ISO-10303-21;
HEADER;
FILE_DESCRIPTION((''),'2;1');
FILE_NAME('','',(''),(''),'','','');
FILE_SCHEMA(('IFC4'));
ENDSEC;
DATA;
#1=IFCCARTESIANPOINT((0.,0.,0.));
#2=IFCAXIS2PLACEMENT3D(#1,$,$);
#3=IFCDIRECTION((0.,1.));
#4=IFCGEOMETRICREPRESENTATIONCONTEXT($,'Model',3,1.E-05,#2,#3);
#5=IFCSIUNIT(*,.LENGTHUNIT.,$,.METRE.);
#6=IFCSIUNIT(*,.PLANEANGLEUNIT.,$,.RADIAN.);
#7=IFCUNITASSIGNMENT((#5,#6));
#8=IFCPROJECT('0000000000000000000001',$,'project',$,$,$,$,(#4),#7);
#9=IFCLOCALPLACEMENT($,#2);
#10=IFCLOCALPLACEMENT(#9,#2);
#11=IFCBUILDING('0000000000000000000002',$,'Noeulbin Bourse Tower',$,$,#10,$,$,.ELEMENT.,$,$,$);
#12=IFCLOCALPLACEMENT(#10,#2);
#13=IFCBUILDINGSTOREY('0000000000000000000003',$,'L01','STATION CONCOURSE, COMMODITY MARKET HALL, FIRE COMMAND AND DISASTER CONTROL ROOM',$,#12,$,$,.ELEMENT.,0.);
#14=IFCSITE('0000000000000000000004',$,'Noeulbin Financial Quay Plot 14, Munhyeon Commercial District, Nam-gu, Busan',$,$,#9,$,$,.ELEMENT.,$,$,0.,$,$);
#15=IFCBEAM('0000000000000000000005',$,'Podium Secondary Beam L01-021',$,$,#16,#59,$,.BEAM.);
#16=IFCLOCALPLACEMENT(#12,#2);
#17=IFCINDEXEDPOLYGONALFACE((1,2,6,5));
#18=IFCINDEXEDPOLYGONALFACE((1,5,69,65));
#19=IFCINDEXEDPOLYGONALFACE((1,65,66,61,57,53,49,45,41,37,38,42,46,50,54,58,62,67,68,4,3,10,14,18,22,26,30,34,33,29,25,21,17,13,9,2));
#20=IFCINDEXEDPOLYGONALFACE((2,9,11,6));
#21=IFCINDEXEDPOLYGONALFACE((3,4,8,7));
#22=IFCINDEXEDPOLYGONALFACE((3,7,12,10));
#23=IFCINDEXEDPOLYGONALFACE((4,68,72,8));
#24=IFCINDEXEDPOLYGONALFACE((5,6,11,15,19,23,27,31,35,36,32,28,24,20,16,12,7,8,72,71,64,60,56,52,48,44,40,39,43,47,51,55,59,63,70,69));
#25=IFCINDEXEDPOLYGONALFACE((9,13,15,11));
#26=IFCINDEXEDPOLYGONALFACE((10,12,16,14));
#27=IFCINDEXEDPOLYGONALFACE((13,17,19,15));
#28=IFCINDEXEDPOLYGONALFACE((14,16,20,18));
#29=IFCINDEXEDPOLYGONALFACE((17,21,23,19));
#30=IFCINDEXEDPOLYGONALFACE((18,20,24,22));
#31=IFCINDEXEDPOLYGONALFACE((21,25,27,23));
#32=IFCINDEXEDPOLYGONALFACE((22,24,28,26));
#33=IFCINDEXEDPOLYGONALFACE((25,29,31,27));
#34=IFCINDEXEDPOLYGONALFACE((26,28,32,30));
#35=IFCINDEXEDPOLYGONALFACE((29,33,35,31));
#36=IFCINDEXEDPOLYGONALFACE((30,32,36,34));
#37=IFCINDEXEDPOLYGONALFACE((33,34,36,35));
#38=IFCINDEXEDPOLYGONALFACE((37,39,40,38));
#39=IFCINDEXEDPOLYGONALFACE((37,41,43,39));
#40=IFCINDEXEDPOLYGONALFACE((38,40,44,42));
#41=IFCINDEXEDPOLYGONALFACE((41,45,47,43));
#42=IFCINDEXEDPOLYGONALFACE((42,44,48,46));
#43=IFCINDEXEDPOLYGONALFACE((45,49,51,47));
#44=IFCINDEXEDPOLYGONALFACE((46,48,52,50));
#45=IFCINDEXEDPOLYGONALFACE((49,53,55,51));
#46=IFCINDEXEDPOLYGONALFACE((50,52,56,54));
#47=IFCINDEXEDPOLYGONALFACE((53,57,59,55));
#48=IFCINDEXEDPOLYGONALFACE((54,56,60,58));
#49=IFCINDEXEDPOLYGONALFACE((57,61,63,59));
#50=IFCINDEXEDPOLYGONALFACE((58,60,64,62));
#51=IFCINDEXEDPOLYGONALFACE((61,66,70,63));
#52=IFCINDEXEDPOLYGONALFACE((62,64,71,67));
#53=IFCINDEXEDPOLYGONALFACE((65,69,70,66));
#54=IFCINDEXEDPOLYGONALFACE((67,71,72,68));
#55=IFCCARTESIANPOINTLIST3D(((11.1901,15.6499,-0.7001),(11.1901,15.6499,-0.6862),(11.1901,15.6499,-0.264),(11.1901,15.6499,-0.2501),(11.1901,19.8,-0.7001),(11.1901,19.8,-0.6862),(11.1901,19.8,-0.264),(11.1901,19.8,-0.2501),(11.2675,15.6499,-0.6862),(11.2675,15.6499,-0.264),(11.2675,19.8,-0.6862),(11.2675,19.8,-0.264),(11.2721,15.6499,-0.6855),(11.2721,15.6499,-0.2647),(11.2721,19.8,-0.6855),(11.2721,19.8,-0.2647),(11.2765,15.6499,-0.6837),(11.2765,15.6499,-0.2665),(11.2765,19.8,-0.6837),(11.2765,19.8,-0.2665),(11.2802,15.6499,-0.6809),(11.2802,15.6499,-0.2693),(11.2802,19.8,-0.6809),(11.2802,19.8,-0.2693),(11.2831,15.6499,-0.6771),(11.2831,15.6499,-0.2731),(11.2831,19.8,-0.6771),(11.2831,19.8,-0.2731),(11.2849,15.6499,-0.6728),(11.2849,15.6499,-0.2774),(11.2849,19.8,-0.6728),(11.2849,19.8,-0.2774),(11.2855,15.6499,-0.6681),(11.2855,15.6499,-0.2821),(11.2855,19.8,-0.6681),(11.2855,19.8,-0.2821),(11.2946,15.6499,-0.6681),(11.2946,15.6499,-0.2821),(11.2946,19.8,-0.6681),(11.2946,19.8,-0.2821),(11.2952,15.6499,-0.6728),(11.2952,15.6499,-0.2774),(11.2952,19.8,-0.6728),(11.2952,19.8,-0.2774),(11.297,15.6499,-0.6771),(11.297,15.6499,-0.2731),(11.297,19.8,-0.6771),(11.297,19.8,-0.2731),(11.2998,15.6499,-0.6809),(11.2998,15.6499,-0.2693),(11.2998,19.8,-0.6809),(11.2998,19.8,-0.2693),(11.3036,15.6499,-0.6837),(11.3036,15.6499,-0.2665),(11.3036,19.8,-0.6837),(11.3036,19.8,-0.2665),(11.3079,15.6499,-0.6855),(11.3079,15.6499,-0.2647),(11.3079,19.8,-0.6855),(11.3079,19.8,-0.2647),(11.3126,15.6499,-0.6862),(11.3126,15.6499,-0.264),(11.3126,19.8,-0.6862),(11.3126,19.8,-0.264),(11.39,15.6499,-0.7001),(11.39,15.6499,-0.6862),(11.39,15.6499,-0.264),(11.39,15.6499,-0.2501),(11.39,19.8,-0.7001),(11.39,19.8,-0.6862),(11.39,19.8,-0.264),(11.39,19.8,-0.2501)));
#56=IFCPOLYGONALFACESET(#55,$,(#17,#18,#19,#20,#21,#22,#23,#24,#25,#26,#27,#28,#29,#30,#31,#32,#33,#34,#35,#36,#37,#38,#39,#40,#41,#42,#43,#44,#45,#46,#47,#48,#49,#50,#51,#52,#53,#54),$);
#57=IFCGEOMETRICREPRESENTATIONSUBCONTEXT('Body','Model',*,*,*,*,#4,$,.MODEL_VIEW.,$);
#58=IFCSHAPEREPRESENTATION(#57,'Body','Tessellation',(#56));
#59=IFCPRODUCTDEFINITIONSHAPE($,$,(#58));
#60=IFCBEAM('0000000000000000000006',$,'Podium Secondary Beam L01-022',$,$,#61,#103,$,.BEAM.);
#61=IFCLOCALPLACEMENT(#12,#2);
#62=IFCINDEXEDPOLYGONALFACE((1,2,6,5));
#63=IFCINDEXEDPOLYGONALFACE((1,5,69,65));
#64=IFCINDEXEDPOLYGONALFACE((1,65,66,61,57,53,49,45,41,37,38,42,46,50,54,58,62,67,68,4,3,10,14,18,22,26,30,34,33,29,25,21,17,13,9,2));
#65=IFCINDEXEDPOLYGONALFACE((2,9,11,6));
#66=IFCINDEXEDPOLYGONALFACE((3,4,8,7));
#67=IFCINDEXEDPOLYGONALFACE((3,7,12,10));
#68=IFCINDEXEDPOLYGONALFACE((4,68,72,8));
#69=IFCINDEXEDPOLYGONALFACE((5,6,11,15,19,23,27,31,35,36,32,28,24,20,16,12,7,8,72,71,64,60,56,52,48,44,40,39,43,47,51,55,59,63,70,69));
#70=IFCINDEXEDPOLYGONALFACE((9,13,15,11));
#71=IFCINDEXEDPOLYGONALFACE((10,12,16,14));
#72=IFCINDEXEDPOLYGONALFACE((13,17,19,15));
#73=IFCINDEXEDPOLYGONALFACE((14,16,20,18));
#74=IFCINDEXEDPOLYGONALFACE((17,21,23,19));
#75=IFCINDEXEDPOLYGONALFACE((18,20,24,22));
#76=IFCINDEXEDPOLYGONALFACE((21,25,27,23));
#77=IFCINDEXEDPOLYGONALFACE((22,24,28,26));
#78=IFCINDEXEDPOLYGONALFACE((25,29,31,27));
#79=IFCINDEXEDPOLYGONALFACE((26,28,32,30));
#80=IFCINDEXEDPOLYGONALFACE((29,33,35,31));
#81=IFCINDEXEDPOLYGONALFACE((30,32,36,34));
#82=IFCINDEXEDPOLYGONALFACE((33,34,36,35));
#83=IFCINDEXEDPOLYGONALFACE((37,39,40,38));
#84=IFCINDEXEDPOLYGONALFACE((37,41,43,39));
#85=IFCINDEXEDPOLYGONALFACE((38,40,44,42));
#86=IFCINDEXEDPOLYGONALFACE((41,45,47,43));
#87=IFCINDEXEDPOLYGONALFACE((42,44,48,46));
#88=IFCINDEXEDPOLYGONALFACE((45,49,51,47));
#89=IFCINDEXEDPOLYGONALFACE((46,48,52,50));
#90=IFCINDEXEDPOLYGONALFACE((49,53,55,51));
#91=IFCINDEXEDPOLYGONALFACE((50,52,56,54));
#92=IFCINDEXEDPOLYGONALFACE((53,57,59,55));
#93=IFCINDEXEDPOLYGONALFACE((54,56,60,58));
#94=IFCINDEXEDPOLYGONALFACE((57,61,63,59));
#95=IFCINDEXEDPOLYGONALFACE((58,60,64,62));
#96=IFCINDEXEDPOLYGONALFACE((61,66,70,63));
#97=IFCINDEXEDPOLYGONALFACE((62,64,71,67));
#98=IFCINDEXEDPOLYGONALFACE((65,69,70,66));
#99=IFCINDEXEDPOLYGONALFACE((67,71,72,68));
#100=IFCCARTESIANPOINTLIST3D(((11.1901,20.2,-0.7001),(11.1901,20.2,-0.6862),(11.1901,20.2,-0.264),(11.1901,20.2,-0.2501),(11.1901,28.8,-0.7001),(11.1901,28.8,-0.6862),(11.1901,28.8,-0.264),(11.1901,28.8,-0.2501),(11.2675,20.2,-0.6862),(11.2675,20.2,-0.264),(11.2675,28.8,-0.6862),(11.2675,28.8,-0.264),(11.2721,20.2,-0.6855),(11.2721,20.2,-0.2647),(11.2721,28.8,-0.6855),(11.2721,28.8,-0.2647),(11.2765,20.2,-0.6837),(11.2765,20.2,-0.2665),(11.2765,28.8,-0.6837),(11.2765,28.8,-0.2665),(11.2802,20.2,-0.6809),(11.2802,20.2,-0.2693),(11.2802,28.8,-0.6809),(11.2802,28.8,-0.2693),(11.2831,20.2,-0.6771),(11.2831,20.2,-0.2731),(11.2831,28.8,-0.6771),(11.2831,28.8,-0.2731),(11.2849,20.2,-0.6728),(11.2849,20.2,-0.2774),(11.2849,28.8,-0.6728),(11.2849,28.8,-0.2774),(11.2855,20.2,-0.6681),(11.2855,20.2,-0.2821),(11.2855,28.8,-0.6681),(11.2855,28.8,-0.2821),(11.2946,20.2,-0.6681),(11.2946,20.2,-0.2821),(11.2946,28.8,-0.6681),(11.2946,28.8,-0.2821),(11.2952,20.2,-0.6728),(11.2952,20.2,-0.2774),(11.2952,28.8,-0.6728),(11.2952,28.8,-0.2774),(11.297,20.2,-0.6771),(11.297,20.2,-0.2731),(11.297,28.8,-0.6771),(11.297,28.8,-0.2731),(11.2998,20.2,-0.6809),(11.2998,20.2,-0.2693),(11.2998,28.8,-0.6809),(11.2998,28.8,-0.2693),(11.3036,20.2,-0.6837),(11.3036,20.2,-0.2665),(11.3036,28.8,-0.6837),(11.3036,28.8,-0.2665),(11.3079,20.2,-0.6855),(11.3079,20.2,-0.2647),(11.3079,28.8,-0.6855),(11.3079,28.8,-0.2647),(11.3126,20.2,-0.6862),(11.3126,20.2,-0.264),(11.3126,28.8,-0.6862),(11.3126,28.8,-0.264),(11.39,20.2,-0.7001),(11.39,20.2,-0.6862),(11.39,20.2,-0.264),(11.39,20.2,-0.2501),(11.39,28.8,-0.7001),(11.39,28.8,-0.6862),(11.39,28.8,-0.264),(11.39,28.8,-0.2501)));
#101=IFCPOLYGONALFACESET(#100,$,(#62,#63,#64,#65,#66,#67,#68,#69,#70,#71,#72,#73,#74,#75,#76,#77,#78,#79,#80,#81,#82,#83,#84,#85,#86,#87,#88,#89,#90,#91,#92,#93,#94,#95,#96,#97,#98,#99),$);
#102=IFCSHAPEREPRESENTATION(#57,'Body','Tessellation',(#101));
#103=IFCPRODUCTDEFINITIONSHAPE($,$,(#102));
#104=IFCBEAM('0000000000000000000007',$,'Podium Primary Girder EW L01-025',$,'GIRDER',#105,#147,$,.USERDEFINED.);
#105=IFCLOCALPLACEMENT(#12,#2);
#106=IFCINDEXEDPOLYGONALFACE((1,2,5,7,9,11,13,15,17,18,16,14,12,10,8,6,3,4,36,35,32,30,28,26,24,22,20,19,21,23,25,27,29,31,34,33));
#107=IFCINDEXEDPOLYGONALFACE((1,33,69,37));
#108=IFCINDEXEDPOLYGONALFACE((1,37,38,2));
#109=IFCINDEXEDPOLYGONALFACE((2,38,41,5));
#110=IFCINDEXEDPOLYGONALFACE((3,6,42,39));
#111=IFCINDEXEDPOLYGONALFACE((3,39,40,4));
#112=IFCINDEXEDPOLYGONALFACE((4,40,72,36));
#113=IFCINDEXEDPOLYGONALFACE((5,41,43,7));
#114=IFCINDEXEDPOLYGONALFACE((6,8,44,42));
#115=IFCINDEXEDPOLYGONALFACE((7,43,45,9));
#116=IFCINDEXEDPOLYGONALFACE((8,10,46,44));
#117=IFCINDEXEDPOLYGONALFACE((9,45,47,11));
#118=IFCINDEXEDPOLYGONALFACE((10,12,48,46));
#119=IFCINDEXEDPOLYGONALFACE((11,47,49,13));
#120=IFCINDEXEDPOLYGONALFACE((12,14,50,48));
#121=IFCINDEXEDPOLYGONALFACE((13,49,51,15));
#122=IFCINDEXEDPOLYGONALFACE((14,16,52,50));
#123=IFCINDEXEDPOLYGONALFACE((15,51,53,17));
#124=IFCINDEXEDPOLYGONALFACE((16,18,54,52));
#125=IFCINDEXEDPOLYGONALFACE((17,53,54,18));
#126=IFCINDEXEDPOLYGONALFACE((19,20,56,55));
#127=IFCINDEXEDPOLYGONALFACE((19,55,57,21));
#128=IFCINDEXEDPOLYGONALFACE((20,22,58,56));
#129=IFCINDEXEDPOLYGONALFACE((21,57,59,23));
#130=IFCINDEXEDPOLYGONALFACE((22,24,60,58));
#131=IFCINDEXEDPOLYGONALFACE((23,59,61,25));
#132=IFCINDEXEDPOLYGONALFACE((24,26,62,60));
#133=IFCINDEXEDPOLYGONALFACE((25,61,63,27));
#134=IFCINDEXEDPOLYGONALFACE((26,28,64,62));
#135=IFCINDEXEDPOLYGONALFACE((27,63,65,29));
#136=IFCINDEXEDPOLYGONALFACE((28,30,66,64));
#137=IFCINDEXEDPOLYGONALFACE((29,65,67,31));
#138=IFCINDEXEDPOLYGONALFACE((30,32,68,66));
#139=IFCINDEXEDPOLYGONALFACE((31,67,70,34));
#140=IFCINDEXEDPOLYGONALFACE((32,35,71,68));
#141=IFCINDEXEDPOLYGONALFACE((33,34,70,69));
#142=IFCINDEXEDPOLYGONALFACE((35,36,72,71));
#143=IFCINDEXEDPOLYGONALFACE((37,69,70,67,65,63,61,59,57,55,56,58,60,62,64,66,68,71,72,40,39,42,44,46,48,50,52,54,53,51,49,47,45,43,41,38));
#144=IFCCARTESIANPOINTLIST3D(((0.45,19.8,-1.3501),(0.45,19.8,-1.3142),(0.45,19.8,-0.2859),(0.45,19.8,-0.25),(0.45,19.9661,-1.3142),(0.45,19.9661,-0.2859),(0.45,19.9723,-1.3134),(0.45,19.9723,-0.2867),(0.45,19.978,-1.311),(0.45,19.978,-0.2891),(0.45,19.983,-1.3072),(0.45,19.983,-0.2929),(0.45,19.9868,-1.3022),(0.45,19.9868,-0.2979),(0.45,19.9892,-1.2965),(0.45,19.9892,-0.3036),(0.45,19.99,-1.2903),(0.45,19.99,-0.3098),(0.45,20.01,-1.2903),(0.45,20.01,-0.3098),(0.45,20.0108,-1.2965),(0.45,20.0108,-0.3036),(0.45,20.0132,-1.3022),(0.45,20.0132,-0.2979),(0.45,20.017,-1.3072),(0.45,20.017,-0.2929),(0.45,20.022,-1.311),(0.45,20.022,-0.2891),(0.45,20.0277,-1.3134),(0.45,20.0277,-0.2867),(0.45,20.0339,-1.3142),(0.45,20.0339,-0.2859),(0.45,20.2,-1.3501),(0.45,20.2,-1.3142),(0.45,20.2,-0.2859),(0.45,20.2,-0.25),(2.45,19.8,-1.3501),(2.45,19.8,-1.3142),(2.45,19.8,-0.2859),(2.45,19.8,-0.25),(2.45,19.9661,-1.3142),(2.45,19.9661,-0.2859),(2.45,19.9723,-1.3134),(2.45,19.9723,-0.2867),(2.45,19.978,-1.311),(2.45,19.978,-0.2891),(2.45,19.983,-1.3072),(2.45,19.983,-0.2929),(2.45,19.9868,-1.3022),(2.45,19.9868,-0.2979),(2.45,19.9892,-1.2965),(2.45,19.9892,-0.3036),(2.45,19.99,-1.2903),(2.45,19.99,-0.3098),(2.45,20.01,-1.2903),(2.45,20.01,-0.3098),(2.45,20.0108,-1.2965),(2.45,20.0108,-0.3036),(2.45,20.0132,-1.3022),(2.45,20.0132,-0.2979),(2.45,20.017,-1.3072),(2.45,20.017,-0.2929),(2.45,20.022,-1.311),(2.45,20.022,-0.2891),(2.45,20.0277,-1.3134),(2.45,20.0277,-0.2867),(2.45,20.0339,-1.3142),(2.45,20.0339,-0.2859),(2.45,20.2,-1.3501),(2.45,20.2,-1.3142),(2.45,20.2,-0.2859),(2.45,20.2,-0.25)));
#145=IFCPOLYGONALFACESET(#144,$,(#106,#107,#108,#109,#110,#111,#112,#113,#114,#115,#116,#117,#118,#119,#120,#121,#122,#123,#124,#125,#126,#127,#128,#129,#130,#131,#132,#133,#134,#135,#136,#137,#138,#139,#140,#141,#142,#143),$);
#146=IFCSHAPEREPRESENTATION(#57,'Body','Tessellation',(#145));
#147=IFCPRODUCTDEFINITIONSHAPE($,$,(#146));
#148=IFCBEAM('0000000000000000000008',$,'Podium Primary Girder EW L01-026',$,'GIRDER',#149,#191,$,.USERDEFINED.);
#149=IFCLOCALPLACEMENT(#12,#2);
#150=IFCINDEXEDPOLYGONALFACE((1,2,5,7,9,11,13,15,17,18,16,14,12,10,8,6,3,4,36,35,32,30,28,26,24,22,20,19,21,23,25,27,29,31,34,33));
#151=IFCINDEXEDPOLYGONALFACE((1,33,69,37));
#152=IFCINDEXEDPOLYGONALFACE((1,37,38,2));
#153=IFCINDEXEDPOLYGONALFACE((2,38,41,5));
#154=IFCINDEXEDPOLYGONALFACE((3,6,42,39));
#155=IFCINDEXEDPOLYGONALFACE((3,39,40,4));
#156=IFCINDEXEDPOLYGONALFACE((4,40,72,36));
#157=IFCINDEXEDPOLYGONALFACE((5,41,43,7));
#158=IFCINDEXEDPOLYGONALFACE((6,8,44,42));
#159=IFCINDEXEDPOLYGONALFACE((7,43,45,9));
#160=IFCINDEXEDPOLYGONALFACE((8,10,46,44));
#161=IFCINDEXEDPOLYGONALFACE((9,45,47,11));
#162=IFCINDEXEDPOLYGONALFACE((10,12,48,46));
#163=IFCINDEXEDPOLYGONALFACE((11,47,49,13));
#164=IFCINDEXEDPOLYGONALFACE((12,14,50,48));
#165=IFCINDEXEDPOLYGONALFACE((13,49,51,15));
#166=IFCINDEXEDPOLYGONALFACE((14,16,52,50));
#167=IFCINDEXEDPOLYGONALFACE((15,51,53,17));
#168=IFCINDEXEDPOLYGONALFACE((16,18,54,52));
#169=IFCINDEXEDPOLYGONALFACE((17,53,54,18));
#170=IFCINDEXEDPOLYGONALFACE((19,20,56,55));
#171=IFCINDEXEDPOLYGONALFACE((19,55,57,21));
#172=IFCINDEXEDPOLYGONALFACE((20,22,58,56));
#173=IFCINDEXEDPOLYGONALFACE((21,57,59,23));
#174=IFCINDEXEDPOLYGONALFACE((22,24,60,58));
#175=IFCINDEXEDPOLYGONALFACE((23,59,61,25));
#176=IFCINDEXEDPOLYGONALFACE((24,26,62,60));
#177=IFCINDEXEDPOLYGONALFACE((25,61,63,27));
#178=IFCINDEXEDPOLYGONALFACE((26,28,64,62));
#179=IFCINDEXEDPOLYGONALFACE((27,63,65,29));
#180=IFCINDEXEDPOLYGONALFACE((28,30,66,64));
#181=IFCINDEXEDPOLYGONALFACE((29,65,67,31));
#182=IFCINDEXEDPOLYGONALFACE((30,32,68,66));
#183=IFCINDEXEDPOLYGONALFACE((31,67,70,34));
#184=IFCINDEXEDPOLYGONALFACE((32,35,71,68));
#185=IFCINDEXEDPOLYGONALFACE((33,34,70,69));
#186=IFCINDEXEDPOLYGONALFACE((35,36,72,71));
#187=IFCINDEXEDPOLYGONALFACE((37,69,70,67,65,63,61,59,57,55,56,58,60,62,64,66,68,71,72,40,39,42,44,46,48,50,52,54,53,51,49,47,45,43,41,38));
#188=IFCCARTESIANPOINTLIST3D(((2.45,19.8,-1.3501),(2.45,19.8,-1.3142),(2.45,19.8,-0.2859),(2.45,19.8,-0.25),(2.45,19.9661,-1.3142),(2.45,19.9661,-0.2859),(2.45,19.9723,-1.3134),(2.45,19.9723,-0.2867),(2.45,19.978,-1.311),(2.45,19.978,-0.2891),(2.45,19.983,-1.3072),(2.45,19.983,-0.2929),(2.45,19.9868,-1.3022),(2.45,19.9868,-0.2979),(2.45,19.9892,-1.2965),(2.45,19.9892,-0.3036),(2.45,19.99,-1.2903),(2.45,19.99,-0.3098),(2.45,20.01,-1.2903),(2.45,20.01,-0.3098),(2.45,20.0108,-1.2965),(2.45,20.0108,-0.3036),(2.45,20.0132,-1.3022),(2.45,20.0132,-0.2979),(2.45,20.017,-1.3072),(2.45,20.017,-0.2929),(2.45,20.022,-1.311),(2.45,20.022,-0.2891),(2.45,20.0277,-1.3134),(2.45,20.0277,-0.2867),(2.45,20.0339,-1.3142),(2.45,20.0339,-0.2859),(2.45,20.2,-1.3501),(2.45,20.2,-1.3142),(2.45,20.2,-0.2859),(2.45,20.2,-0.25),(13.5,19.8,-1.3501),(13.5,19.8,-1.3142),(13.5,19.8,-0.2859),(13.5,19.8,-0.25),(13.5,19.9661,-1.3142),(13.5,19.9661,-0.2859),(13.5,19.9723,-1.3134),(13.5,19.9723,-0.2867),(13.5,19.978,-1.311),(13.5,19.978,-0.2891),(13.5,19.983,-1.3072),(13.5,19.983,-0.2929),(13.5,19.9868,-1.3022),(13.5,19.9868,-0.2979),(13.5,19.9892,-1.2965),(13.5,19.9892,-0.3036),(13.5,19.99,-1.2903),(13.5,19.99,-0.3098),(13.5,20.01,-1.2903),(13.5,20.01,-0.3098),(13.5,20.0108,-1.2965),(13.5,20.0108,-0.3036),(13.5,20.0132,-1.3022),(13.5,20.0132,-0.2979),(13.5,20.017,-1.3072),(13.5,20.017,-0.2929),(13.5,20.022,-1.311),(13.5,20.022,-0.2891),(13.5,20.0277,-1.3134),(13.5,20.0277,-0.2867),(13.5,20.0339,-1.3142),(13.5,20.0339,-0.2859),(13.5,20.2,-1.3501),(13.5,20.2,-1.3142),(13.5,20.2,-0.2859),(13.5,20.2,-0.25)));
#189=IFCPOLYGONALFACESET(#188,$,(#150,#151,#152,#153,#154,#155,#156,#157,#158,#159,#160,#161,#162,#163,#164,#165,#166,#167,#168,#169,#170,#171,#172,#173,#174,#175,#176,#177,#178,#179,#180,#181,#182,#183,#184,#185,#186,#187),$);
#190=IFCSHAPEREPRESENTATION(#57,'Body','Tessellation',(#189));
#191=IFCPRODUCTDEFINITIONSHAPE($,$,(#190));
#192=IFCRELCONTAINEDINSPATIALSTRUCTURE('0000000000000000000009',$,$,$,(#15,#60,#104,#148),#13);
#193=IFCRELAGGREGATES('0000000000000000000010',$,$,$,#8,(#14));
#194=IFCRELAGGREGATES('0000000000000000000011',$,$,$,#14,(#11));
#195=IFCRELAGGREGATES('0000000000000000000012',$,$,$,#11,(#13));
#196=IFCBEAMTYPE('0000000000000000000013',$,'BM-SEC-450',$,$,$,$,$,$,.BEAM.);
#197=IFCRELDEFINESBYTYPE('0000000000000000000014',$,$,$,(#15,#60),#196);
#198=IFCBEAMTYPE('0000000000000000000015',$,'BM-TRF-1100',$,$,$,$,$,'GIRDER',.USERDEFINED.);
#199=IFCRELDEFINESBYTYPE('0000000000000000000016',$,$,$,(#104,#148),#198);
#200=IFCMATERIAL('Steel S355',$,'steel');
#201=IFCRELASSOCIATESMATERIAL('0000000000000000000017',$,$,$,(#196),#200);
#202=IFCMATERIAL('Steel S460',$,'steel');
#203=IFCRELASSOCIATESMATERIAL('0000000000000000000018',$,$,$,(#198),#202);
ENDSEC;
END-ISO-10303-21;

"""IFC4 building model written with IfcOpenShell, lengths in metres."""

from ifc_helpers import new_model, si_unit, direction, frame, origin, origin_2d, place, context, subcontext, project, spatial, i_section, extrude, material, material_profile, profile_set, type_object, element, save


model = new_model("IFC4")

# Units and contexts
model_context = context("Model", 3, precision=1e-05, world=origin(), true_north=direction((0.0, 1.0)))
body_context = subcontext(model_context, "Body", "Model", "MODEL_VIEW")
ifc_project = project(units=[si_unit("LENGTHUNIT", "METRE"), si_unit("PLANEANGLEUNIT", "RADIAN")], contexts=[model_context])

# Site, building, storey
site_placement = place(None, origin())
site = spatial("IfcSite", under=ifc_project, at=site_placement, Name="Noeulbin Financial Quay Plot 14, Munhyeon Commercial District, Nam-gu, Busan", CompositionType="ELEMENT", RefElevation=0.0)
building_placement = place(site_placement, origin())
building = spatial("IfcBuilding", under=site, at=building_placement, Name="Noeulbin Bourse Tower", CompositionType="ELEMENT")
storey_placement = place(building_placement, origin())
storey = spatial("IfcBuildingStorey", under=building, at=storey_placement, Name="L01", Description="STATION CONCOURSE, COMMODITY MARKET HALL, FIRE COMMAND AND DISASTER CONTROL ROOM", CompositionType="ELEMENT", Elevation=0.0)

# Beams
ifc_material_1 = material(Name="Steel S355", Category="steel")
ifc_material_profile_1 = material_profile(ifc_material_1, i_section(OverallWidth=0.2, OverallDepth=0.45, WebThickness=0.009, FlangeThickness=0.0139, FilletRadius=0.0181, at=origin_2d()), Name="H-450x200x9x14", Category="LoadBearing")
ifc_profile_set_1 = profile_set([ifc_material_profile_1], Name="Steel S355")
beam_type_1 = type_object("IfcBeamType", Name="BM-SEC-450", PredefinedType="BEAM", material=ifc_profile_set_1)
beam_1_placement = place(storey_placement, frame((11.29, 15.6499, -0.4751), z_axis=(0.0, 1.0, 0.0), x_axis=(-1.0, 0.0, 0.0)))
element("IfcBeam", 1, at=beam_1_placement, inside=storey, type_object=beam_type_1, Name="Podium Secondary Beam L01-021", PredefinedType="BEAM", context=body_context, shape_type="SweptSolid", body=[
    extrude(i_section(OverallWidth=0.2, OverallDepth=0.45, WebThickness=0.009, FlangeThickness=0.0139, FilletRadius=0.0181, at=origin_2d()), origin(), (0.0, 0.0, 1.0), 4.1501),
])
beam_2_placement = place(storey_placement, frame((11.29, 20.2, -0.4751), z_axis=(0.0, 1.0, 0.0), x_axis=(-1.0, 0.0, 0.0)))
element("IfcBeam", 2, at=beam_2_placement, inside=storey, type_object=beam_type_1, Name="Podium Secondary Beam L01-022", PredefinedType="BEAM", context=body_context, shape_type="SweptSolid", body=[
    extrude(i_section(OverallWidth=0.2, OverallDepth=0.45, WebThickness=0.009, FlangeThickness=0.0139, FilletRadius=0.0181, at=origin_2d()), origin(), (0.0, 0.0, 1.0), 8.6001),
])
ifc_material_2 = material(Name="Steel S460", Category="steel")
ifc_material_profile_2 = material_profile(ifc_material_2, i_section(OverallWidth=0.3999, OverallDepth=1.1001, WebThickness=0.02, FlangeThickness=0.0359, FilletRadius=0.0239, at=origin_2d()), Name="PG-1100x400x20x36", Category="LoadBearing")
ifc_profile_set_2 = profile_set([ifc_material_profile_2], Name="Steel S460")
beam_type_2 = type_object("IfcBeamType", Name="BM-TRF-1100", ElementType="GIRDER", PredefinedType="USERDEFINED", material=ifc_profile_set_2)
beam_3_placement = place(storey_placement, frame((0.45, 20.0, -0.8), z_axis=(1.0, 0.0, 0.0), x_axis=(0.0, 1.0, 0.0)))
element("IfcBeam", 3, at=beam_3_placement, inside=storey, type_object=beam_type_2, Name="Podium Primary Girder EW L01-025", ObjectType="GIRDER", PredefinedType="USERDEFINED", context=body_context, shape_type="SweptSolid", body=[
    extrude(i_section(OverallWidth=0.3999, OverallDepth=1.1001, WebThickness=0.02, FlangeThickness=0.0359, FilletRadius=0.0239, at=origin_2d()), origin(), (0.0, 0.0, 1.0), 2.0),
])
beam_4_placement = place(storey_placement, frame((2.45, 20.0, -0.8), z_axis=(1.0, 0.0, 0.0), x_axis=(0.0, 1.0, 0.0)))
element("IfcBeam", 4, at=beam_4_placement, inside=storey, type_object=beam_type_2, Name="Podium Primary Girder EW L01-026", ObjectType="GIRDER", PredefinedType="USERDEFINED", context=body_context, shape_type="SweptSolid", body=[
    extrude(i_section(OverallWidth=0.3999, OverallDepth=1.1001, WebThickness=0.02, FlangeThickness=0.0359, FilletRadius=0.0239, at=origin_2d()), origin(), (0.0, 0.0, 1.0), 11.05),
])

save(model, "model.ifc")
